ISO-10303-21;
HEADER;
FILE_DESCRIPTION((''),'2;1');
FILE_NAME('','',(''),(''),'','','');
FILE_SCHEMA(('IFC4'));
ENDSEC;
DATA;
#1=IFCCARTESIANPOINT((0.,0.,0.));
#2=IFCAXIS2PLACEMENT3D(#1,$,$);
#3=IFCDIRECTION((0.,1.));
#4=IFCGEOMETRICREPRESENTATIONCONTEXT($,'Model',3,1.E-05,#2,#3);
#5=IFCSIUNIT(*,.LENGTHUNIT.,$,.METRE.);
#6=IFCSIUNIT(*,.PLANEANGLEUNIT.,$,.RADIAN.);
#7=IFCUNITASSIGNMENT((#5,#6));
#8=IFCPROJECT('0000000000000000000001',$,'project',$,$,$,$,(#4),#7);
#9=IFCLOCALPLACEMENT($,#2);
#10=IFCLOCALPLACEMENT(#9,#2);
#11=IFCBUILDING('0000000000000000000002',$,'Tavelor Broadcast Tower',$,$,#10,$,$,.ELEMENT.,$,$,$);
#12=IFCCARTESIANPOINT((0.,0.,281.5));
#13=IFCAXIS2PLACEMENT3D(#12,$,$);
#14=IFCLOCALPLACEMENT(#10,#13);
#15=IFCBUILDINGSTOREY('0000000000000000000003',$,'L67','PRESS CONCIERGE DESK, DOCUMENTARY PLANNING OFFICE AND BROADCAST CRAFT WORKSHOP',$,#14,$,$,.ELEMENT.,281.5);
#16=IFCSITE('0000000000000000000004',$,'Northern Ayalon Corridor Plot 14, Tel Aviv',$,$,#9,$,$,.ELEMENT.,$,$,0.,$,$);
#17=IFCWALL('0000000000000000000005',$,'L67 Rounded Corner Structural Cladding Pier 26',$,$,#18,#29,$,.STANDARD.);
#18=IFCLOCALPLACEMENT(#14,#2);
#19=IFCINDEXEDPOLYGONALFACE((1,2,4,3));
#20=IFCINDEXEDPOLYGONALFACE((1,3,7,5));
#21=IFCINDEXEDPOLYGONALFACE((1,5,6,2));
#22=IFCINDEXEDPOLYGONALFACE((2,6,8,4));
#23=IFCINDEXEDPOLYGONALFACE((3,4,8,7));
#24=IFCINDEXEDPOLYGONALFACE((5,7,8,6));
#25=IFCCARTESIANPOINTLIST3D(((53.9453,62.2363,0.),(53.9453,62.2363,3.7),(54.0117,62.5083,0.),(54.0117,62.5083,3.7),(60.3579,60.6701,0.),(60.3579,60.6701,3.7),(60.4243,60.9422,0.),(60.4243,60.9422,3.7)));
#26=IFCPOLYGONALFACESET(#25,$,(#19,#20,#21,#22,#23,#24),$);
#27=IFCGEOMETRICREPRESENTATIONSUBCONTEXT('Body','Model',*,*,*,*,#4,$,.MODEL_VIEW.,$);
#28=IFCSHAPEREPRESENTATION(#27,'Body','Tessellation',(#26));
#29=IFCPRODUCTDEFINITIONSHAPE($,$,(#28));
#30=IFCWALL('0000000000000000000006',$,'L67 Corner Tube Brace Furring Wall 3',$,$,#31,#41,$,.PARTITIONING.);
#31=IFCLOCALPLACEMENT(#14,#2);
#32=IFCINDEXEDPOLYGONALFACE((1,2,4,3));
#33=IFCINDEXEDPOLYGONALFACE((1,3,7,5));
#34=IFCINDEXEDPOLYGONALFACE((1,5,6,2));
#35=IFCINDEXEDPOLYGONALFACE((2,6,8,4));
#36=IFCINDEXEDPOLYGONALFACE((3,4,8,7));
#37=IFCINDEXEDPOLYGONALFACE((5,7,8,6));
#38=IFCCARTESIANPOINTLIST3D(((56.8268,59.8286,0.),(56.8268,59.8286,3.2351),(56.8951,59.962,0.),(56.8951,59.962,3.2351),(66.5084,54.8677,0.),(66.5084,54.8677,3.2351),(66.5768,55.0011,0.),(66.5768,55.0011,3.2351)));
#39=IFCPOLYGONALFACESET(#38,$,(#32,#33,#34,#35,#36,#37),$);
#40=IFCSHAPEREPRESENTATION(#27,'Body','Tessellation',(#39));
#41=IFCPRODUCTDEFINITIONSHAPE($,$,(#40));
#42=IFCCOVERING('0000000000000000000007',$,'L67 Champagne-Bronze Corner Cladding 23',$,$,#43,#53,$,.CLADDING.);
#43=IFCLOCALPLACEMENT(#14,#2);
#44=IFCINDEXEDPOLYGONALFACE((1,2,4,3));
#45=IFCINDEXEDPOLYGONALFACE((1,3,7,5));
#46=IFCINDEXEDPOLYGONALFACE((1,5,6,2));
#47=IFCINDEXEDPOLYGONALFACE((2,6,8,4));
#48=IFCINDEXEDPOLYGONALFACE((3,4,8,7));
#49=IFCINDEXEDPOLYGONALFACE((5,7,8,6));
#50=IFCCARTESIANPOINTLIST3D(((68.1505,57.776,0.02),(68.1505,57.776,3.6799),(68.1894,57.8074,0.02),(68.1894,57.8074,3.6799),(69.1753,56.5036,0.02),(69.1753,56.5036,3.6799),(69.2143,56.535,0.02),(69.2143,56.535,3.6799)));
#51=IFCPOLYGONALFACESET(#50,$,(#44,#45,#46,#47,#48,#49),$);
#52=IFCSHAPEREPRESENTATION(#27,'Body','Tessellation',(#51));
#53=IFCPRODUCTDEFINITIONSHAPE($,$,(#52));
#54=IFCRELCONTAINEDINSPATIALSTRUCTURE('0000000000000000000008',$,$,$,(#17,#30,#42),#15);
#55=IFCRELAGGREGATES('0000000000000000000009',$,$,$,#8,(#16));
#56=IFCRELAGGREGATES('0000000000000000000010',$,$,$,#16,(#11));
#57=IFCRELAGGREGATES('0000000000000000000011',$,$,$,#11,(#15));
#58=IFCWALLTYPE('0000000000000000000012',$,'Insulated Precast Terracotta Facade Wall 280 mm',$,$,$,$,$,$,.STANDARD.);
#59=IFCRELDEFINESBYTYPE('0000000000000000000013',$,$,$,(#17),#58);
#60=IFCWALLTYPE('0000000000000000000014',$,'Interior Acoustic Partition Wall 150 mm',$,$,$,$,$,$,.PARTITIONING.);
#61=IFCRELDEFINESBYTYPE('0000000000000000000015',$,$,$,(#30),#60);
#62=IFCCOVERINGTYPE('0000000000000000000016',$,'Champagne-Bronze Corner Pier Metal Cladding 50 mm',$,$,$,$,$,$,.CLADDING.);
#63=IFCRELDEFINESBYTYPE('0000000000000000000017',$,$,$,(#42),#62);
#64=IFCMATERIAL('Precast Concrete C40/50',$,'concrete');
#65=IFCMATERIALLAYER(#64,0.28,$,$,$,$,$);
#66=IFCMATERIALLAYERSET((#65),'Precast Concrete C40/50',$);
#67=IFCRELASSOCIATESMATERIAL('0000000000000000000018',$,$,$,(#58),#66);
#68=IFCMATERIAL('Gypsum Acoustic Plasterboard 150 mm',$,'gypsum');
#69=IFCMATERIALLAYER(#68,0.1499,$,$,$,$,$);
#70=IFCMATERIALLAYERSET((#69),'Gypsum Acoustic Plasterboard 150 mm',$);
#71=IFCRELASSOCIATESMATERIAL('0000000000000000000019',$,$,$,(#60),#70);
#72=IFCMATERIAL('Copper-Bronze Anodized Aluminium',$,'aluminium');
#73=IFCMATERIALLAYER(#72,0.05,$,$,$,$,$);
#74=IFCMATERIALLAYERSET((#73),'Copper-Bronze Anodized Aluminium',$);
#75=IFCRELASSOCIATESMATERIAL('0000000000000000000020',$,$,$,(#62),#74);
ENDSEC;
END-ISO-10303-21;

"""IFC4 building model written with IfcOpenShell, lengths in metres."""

from ifc_helpers import new_model, si_unit, direction, frame, frame_2d, origin, origin_2d, place, context, subcontext, project, spatial, rectangle, extrude, material, layer, layer_set, type_object, element, save


model = new_model("IFC4")

# Units and contexts
model_context = context("Model", 3, precision=1e-05, world=origin(), true_north=direction((0.0, 1.0)))
body_context = subcontext(model_context, "Body", "Model", "MODEL_VIEW")
ifc_project = project(units=[si_unit("LENGTHUNIT", "METRE"), si_unit("PLANEANGLEUNIT", "RADIAN")], contexts=[model_context])

# Site, building, storey
site_placement = place(None, origin())
site = spatial("IfcSite", under=ifc_project, at=site_placement, Name="Northern Ayalon Corridor Plot 14, Tel Aviv", CompositionType="ELEMENT", RefElevation=0.0)
building_placement = place(site_placement, origin())
building = spatial("IfcBuilding", under=site, at=building_placement, Name="Tavelor Broadcast Tower", CompositionType="ELEMENT")
storey_placement = place(building_placement, frame((0.0, 0.0, 281.5)))
storey = spatial("IfcBuildingStorey", under=building, at=storey_placement, Name="L67", Description="PRESS CONCIERGE DESK, DOCUMENTARY PLANNING OFFICE AND BROADCAST CRAFT WORKSHOP", CompositionType="ELEMENT", Elevation=281.5)

# Walls
ifc_material_1 = material(Name="Precast Concrete C40/50", Category="concrete")
ifc_layer_1 = layer(ifc_material_1, 0.28)
ifc_layer_set_1 = layer_set([ifc_layer_1], Name="Precast Concrete C40/50")
wall_type_1 = type_object("IfcWallType", Name="Insulated Precast Terracotta Facade Wall 280 mm", PredefinedType="STANDARD", material=ifc_layer_set_1)
wall_1_placement = place(storey_placement, frame((60.3911, 60.8062, 0.0), z_axis=(0.0, 0.0, 1.0), x_axis=(-0.971447, 0.237258, 0.0)))
element("IfcWall", 1, at=wall_1_placement, inside=storey, type_object=wall_type_1, Name="L67 Rounded Corner Structural Cladding Pier 26", PredefinedType="STANDARD", context=body_context, shape_type="SweptSolid", body=[
    extrude(rectangle(XDim=6.6011, YDim=0.28, at=frame_2d((3.3005, 0.0))), origin(), (0.0, 0.0, 1.0), 3.7),
])
ifc_material_2 = material(Name="Gypsum Acoustic Plasterboard 150 mm", Category="gypsum")
ifc_layer_2 = layer(ifc_material_2, 0.1499)
ifc_layer_set_2 = layer_set([ifc_layer_2], Name="Gypsum Acoustic Plasterboard 150 mm")
wall_type_2 = type_object("IfcWallType", Name="Interior Acoustic Partition Wall 150 mm", PredefinedType="PARTITIONING", material=ifc_layer_set_2)
wall_2_placement = place(storey_placement, frame((66.5427, 54.9343, 0.0), z_axis=(0.0, 0.0, 1.0), x_axis=(-0.889967, 0.456025, 0.0)))
element("IfcWall", 2, at=wall_2_placement, inside=storey, type_object=wall_type_2, Name="L67 Corner Tube Brace Furring Wall 3", PredefinedType="PARTITIONING", context=body_context, shape_type="SweptSolid", body=[
    extrude(rectangle(XDim=10.8787, YDim=0.1499, at=frame_2d((5.4395, 0.0))), origin(), (0.0, 0.0, 1.0), 3.2351),
])

# Covering
ifc_material_3 = material(Name="Copper-Bronze Anodized Aluminium", Category="aluminium")
ifc_layer_3 = layer(ifc_material_3, 0.05)
ifc_layer_set_3 = layer_set([ifc_layer_3], Name="Copper-Bronze Anodized Aluminium")
covering_type = type_object("IfcCoveringType", Name="Champagne-Bronze Corner Pier Metal Cladding 50 mm", PredefinedType="CLADDING", material=ifc_layer_set_3)
covering_placement = place(storey_placement, frame((68.6824, 57.1555, 0.02), z_axis=(0.0, 0.0, 1.0), x_axis=(-0.627284, 0.778791, 0.0)))
element("IfcCovering", 3, at=covering_placement, inside=storey, type_object=covering_type, Name="L67 Champagne-Bronze Corner Cladding 23", PredefinedType="CLADDING", context=body_context, shape_type="SweptSolid", body=[
    extrude(rectangle(XDim=1.6338, YDim=0.05, at=origin_2d()), origin(), (0.0, 0.0, 1.0), 3.6599),
])

save(model, "model.ifc")
